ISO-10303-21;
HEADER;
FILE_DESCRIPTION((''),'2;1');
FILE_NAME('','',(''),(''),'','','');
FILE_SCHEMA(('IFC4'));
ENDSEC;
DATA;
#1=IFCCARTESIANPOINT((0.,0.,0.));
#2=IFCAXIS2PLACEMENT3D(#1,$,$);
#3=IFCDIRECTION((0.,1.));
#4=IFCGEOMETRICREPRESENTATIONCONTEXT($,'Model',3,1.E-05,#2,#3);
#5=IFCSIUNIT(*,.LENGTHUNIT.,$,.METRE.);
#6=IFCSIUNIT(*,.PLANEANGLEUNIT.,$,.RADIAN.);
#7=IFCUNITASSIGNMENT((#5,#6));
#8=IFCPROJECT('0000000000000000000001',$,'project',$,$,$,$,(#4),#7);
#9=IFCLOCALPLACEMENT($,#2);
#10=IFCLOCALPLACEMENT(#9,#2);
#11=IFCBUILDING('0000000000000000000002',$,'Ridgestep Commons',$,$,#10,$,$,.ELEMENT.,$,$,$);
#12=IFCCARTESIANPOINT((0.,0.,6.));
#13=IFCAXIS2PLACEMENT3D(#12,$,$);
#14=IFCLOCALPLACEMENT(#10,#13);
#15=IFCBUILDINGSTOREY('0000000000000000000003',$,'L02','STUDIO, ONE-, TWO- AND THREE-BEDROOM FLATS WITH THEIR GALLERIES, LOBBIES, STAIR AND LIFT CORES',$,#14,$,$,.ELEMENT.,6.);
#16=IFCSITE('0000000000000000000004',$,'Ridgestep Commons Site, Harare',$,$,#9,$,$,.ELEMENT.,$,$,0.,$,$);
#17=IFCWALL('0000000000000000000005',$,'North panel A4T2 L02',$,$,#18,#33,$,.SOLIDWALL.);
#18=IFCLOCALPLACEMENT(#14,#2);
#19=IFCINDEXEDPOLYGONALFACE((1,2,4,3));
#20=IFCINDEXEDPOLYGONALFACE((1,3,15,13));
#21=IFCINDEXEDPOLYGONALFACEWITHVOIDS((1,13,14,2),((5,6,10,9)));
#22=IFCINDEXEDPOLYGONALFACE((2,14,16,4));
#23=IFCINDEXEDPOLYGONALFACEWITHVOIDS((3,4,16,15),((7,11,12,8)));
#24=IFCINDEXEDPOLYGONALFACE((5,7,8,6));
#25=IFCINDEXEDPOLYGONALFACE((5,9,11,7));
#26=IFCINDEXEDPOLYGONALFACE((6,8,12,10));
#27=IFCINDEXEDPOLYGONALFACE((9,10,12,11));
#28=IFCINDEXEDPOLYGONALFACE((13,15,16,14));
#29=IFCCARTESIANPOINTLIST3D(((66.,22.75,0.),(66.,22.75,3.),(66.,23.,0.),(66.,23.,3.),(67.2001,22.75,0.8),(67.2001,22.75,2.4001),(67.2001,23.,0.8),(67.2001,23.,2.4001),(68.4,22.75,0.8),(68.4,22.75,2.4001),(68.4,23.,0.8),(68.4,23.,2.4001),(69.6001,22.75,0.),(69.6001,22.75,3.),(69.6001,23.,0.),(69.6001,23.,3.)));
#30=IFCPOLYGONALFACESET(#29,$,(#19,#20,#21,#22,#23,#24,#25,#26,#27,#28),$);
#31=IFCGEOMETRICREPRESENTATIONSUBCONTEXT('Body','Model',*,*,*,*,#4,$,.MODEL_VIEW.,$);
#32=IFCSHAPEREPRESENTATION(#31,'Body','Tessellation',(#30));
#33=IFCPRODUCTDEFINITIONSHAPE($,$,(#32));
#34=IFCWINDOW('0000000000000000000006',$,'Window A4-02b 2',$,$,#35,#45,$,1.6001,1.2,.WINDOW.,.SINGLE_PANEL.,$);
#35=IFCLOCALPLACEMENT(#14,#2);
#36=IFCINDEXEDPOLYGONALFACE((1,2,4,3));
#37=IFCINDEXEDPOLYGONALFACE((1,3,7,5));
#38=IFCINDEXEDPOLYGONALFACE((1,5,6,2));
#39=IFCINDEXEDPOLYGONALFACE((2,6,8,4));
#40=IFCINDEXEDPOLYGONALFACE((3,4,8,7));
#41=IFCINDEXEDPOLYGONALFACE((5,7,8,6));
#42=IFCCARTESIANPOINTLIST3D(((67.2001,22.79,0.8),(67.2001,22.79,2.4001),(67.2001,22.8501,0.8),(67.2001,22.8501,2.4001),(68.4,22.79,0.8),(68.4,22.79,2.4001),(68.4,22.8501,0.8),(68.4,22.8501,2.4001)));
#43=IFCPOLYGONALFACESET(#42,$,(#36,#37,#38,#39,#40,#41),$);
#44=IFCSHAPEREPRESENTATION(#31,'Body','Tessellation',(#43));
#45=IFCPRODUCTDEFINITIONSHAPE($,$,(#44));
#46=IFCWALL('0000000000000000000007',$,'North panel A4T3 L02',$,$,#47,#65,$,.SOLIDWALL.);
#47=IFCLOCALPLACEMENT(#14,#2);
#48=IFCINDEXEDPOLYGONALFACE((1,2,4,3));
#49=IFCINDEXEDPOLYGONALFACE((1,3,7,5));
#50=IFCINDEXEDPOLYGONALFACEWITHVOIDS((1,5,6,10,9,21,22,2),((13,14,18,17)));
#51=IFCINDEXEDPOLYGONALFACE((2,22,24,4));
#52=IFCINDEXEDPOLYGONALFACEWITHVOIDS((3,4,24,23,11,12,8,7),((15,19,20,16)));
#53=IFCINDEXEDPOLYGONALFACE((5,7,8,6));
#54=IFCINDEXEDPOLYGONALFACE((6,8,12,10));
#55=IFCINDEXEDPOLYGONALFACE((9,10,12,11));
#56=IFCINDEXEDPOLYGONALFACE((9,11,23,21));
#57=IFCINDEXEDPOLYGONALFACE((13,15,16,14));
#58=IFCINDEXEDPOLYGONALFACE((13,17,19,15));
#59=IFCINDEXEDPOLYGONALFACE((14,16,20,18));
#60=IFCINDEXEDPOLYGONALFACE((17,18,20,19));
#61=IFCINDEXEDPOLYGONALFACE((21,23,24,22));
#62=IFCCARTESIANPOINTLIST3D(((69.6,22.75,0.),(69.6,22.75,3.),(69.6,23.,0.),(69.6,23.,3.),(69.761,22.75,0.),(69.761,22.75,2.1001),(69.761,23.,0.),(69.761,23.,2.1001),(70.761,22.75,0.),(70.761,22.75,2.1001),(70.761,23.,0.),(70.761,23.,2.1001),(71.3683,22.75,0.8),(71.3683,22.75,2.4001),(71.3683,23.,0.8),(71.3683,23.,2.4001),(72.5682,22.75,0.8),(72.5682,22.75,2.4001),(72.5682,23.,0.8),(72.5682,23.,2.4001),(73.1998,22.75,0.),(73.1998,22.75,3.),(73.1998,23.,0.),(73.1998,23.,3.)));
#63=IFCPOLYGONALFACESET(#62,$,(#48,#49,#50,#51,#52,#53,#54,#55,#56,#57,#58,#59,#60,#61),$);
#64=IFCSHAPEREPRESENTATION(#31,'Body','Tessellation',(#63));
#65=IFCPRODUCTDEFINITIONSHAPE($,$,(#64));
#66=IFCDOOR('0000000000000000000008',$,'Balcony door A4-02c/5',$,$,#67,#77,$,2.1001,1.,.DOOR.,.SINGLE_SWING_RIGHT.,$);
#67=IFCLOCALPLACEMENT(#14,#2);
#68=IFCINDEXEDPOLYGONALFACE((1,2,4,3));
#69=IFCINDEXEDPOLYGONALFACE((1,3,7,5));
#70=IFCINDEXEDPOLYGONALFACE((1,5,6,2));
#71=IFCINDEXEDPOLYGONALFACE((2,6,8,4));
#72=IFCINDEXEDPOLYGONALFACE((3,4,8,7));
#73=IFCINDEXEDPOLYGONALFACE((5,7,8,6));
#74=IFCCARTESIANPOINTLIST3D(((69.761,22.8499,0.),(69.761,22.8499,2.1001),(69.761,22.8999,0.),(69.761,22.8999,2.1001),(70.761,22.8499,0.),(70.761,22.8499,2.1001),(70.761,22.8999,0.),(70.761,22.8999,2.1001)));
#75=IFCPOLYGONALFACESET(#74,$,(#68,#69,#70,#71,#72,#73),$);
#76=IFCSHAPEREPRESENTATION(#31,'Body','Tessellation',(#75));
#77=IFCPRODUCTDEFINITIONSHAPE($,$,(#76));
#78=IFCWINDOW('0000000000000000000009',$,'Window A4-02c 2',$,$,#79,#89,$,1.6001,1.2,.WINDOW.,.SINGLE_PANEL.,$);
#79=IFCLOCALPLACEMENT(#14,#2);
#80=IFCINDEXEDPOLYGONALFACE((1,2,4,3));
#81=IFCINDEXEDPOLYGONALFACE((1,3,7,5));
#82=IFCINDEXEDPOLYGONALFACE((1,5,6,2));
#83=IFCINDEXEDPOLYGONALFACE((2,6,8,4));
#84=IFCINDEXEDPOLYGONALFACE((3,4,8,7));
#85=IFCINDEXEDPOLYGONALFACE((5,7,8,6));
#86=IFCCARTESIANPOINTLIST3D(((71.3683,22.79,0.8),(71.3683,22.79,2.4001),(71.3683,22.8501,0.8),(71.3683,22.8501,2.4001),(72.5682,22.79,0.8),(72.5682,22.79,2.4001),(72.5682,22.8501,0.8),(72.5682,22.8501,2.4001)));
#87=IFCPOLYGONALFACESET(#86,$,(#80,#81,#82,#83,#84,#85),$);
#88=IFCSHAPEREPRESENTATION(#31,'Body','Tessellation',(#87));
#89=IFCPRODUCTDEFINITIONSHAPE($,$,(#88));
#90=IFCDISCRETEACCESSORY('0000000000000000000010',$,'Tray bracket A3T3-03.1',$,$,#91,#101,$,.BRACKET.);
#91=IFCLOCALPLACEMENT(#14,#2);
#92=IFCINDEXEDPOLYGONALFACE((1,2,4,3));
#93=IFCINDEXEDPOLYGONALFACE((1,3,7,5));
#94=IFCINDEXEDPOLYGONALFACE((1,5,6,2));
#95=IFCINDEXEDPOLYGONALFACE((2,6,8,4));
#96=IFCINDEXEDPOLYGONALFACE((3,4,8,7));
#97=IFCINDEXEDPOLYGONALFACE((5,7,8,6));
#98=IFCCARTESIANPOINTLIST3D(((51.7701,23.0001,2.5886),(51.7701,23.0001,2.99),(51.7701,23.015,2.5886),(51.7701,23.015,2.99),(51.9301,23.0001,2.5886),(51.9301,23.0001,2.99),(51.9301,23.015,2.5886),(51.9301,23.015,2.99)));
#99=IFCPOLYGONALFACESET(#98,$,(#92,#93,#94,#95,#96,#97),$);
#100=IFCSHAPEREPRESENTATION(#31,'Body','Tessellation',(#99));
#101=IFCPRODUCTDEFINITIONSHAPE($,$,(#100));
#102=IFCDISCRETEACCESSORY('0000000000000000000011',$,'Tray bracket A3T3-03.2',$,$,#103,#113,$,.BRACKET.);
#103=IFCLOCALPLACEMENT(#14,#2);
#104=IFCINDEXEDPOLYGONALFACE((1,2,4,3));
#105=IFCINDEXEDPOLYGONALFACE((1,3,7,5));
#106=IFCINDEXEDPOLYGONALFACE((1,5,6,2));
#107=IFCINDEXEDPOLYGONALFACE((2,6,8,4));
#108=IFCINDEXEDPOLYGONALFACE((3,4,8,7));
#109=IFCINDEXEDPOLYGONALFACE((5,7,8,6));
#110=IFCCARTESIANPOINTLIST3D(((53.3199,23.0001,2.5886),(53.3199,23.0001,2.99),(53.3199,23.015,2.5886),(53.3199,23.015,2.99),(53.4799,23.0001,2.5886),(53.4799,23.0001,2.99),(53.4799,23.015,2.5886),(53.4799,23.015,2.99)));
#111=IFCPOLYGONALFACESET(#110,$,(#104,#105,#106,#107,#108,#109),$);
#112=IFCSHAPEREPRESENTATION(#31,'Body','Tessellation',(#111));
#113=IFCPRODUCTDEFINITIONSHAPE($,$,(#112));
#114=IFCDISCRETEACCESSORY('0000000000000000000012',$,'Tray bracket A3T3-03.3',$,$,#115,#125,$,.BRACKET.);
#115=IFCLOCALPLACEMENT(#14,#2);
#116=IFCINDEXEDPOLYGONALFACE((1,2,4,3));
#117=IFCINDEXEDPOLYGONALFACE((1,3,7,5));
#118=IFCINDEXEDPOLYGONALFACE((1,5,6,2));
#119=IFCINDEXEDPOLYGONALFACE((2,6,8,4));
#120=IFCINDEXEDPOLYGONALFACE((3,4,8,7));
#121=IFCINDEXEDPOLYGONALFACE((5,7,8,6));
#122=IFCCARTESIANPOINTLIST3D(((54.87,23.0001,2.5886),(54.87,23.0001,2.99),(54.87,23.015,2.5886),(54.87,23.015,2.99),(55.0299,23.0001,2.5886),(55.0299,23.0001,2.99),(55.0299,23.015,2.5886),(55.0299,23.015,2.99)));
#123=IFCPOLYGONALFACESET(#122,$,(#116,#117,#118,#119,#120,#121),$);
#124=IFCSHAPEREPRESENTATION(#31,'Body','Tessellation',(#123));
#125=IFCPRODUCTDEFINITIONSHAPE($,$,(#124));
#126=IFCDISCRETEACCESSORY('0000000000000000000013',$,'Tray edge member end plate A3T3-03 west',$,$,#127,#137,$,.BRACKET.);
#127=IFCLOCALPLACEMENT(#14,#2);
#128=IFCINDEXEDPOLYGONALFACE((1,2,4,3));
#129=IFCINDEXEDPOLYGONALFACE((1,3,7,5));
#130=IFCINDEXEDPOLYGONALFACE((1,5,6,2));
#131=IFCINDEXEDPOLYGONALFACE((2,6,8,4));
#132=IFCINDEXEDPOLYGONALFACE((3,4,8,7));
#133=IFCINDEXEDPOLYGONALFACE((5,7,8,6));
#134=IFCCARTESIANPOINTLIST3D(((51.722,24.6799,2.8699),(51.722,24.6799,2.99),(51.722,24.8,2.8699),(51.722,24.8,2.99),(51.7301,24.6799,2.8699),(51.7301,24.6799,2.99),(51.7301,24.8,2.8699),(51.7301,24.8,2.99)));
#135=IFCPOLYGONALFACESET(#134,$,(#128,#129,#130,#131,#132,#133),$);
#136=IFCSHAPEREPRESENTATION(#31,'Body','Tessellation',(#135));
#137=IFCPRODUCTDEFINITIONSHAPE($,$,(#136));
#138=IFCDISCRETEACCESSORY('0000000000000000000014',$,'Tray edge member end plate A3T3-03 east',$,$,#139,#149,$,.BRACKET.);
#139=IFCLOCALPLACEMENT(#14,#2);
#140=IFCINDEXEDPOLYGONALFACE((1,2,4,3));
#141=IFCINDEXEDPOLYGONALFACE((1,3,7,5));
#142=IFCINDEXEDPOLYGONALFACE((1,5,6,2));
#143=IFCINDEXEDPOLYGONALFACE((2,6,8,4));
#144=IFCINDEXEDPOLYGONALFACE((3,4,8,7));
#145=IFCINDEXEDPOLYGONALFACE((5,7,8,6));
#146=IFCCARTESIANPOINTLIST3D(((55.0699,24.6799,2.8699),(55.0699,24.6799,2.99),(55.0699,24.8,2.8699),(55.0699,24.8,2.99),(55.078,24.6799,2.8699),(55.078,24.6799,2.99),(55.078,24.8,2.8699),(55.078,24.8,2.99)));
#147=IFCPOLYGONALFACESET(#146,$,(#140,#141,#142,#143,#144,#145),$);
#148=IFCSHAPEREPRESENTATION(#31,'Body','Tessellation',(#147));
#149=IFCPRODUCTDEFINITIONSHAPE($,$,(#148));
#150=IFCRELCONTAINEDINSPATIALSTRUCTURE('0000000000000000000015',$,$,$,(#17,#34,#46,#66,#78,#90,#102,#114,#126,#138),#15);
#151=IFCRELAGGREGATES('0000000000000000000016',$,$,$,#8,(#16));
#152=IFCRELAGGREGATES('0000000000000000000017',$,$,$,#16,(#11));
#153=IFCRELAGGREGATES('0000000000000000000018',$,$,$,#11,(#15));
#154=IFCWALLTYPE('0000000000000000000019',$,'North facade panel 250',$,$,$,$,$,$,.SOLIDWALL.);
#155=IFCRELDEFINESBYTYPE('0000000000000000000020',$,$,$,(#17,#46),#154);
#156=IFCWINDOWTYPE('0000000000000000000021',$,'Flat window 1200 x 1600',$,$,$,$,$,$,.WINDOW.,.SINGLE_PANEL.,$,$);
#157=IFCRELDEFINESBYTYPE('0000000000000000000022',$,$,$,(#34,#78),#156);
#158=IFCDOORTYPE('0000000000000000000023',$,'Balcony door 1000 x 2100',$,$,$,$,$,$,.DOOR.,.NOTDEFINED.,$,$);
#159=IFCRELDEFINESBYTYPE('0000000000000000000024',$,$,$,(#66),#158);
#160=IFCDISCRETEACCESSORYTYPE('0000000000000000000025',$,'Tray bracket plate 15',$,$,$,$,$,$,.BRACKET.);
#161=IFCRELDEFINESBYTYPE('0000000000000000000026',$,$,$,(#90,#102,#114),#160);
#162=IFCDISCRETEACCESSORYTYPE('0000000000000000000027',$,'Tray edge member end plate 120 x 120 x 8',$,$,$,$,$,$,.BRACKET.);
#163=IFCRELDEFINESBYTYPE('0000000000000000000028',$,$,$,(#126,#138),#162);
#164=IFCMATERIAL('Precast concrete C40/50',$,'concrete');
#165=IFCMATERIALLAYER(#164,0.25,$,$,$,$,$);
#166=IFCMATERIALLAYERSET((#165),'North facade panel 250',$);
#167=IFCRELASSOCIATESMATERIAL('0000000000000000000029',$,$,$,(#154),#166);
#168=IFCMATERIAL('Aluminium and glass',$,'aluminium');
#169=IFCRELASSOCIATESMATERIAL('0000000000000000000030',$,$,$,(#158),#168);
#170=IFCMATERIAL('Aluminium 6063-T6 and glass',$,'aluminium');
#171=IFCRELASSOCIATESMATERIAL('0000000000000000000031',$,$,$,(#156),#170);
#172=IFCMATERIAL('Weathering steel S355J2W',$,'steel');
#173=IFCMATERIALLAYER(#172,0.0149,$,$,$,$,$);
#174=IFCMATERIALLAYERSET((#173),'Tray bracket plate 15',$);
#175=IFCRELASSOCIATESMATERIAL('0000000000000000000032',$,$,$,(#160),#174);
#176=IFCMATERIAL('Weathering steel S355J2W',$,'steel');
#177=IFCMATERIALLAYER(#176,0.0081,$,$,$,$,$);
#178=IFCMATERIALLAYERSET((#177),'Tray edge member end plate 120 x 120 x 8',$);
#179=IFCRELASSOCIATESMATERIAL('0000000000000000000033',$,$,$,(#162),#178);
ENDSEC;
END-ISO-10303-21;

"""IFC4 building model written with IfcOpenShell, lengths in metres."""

from ifc_helpers import new_model, si_unit, direction, frame, frame_2d, origin, origin_2d, place, context, subcontext, project, spatial, rectangle, extrude, material, layer, layer_set, type_object, element, fill, save


model = new_model("IFC4")

# Units and contexts
model_context = context("Model", 3, precision=1e-05, world=origin(), true_north=direction((0.0, 1.0)))
body_context = subcontext(model_context, "Body", "Model", "MODEL_VIEW")
ifc_project = project(units=[si_unit("LENGTHUNIT", "METRE"), si_unit("PLANEANGLEUNIT", "RADIAN")], contexts=[model_context])

# Site, building, storey
site_placement = place(None, origin())
site = spatial("IfcSite", under=ifc_project, at=site_placement, Name="Ridgestep Commons Site, Harare", CompositionType="ELEMENT", RefElevation=0.0)
building_placement = place(site_placement, origin())
building = spatial("IfcBuilding", under=site, at=building_placement, Name="Ridgestep Commons", CompositionType="ELEMENT")
storey_placement = place(building_placement, frame((0.0, 0.0, 6.0)))
storey = spatial("IfcBuildingStorey", under=building, at=storey_placement, Name="L02", Description="STUDIO, ONE-, TWO- AND THREE-BEDROOM FLATS WITH THEIR GALLERIES, LOBBIES, STAIR AND LIFT CORES", CompositionType="ELEMENT", Elevation=6.0)

# Shared definitions
ifc_material_1 = material(Name="Precast concrete C40/50", Category="concrete")
ifc_layer_1 = layer(ifc_material_1, 0.25)
ifc_layer_set_1 = layer_set([ifc_layer_1], Name="North facade panel 250")
wall_type_1 = type_object("IfcWallType", Name="North facade panel 250", PredefinedType="SOLIDWALL", material=ifc_layer_set_1)
ifc_material_2 = material(Name="Aluminium and glass", Category="aluminium")
door_type_1 = type_object("IfcDoorType", Name="Balcony door 1000 x 2100", OperationType="NOTDEFINED", PredefinedType="DOOR", material=ifc_material_2)
ifc_material_3 = material(Name="Aluminium 6063-T6 and glass", Category="aluminium")
window_type = type_object("IfcWindowType", Name="Flat window 1200 x 1600", PartitioningType="SINGLE_PANEL", PredefinedType="WINDOW", material=ifc_material_3)

# Wall, opening, window
wall_1_placement = place(storey_placement, frame((66.0, 22.875, 0.0), z_axis=(0.0, 0.0, 1.0), x_axis=(1.0, 0.0, 0.0)))
wall_1 = element("IfcWall", 1, at=wall_1_placement, inside=storey, type_object=wall_type_1, Name="North panel A4T2 L02", PredefinedType="SOLIDWALL", context=body_context, shape_type="SweptSolid", body=[
    extrude(rectangle(XDim=3.6001, YDim=0.25, at=frame_2d((1.8, 0.0))), origin(), (0.0, 0.0, 1.0), 3.0),
])
opening_1_placement = place(wall_1_placement, frame((1.2, 0.0, 0.8)))
opening_1 = element("IfcOpeningElement", 2, at=opening_1_placement, cuts=wall_1, PredefinedType="OPENING", context=body_context, shape_type="SweptSolid", body=[
    extrude(rectangle(XDim=1.2, YDim=1.6001, at=frame_2d((0.6001, 0.8))), frame((0.0, 0.135, 0.0), z_axis=(0.0, -1.0, 0.0), x_axis=(1.0, 0.0, 0.0)), (0.0, 0.0, 1.0), 0.27),
])
window_1_placement = place(opening_1_placement, origin())
window_1 = element("IfcWindow", 3, at=window_1_placement, inside=storey, type_object=window_type, Name="Window A4-02b 2", OverallHeight=1.6001, OverallWidth=1.2, PartitioningType="SINGLE_PANEL", PredefinedType="WINDOW", context=body_context, shape_type="SweptSolid", body=[
    extrude(rectangle(XDim=1.2, YDim=1.6001, at=frame_2d((0.6001, 0.8))), frame((0.0, -0.0249, 0.0), z_axis=(0.0, -1.0, 0.0), x_axis=(1.0, 0.0, 0.0)), (0.0, 0.0, 1.0), 0.0601),
])
fill(opening_1, window_1)

# Wall, openings, door, window
wall_2_placement = place(storey_placement, frame((69.6001, 22.875, 0.0), z_axis=(0.0, 0.0, 1.0), x_axis=(1.0, 0.0, 0.0)))
wall_2 = element("IfcWall", 4, at=wall_2_placement, inside=storey, type_object=wall_type_1, Name="North panel A4T3 L02", PredefinedType="SOLIDWALL", context=body_context, shape_type="SweptSolid", body=[
    extrude(rectangle(XDim=3.5999, YDim=0.25, at=frame_2d((1.7998, 0.0))), origin(), (0.0, 0.0, 1.0), 3.0),
])
opening_2_placement = place(wall_2_placement, frame((1.7681, 0.0, 0.8)))
opening_2 = element("IfcOpeningElement", 5, at=opening_2_placement, cuts=wall_2, PredefinedType="OPENING", context=body_context, shape_type="SweptSolid", body=[
    extrude(rectangle(XDim=1.2, YDim=1.6001, at=frame_2d((0.6001, 0.8))), frame((0.0, 0.135, 0.0), z_axis=(0.0, -1.0, 0.0), x_axis=(1.0, 0.0, 0.0)), (0.0, 0.0, 1.0), 0.27),
])
opening_3_placement = place(wall_2_placement, frame((0.1609, 0.0, 0.0)))
opening_3 = element("IfcOpeningElement", 6, at=opening_3_placement, cuts=wall_2, PredefinedType="OPENING", context=body_context, shape_type="SweptSolid", body=[
    extrude(rectangle(XDim=1.0, YDim=2.1001, at=frame_2d((0.5, 1.05))), frame((0.0, 0.135, 0.0), z_axis=(0.0, -1.0, 0.0), x_axis=(1.0, 0.0, 0.0)), (0.0, 0.0, 1.0), 0.27),
])
door_1_placement = place(opening_3_placement, origin())
door_1 = element("IfcDoor", 7, at=door_1_placement, inside=storey, type_object=door_type_1, Name="Balcony door A4-02c/5", OperationType="SINGLE_SWING_RIGHT", OverallHeight=2.1001, OverallWidth=1.0, PredefinedType="DOOR", context=body_context, shape_type="SweptSolid", body=[
    extrude(rectangle(XDim=1.0, YDim=2.1001, at=frame_2d((0.5, 1.05))), frame((0.0, 0.0249, 0.0), z_axis=(0.0, -1.0, 0.0), x_axis=(1.0, 0.0, 0.0)), (0.0, 0.0, 1.0), 0.05),
])
fill(opening_3, door_1)
window_2_placement = place(opening_2_placement, origin())
window_2 = element("IfcWindow", 8, at=window_2_placement, inside=storey, type_object=window_type, Name="Window A4-02c 2", OverallHeight=1.6001, OverallWidth=1.2, PartitioningType="SINGLE_PANEL", PredefinedType="WINDOW", context=body_context, shape_type="SweptSolid", body=[
    extrude(rectangle(XDim=1.2, YDim=1.6001, at=frame_2d((0.6001, 0.8))), frame((0.0, -0.0249, 0.0), z_axis=(0.0, -1.0, 0.0), x_axis=(1.0, 0.0, 0.0)), (0.0, 0.0, 1.0), 0.0601),
])
fill(opening_2, window_2)

# Discrete accessories
ifc_material_4 = material(Name="Weathering steel S355J2W", Category="steel")
ifc_layer_2 = layer(ifc_material_4, 0.0149)
ifc_layer_set_2 = layer_set([ifc_layer_2], Name="Tray bracket plate 15")
discrete_accessory_type_1 = type_object("IfcDiscreteAccessoryType", Name="Tray bracket plate 15", PredefinedType="BRACKET", material=ifc_layer_set_2)
for number, where, z_axis, x_axis, name in (
    (9, (51.8501, 23.0076, 2.5886), (0.0, 0.0, 1.0), (1.0, 0.0, 0.0), "Tray bracket A3T3-03.1"),
    (10, (53.3999, 23.0076, 2.5886), (0.0, 0.0, 1.0), (1.0, 0.0, 0.0), "Tray bracket A3T3-03.2"),
    (11, (54.95, 23.0076, 2.5886), (0.0, 0.0, 1.0), (1.0, 0.0, 0.0), "Tray bracket A3T3-03.3"),
):
    element("IfcDiscreteAccessory", number, at=place(storey_placement, frame(where, z_axis=z_axis, x_axis=x_axis)), inside=storey, type_object=discrete_accessory_type_1, Name=name, PredefinedType="BRACKET", context=body_context, shape_type="SweptSolid", body=[
        extrude(rectangle(XDim=0.1599, YDim=0.0149, at=origin_2d()), origin(), (0.0, 0.0, 1.0), 0.4014),
    ])
ifc_material_5 = material(Name="Weathering steel S355J2W", Category="steel")
ifc_layer_3 = layer(ifc_material_5, 0.0081)
ifc_layer_set_3 = layer_set([ifc_layer_3], Name="Tray edge member end plate 120 x 120 x 8")
discrete_accessory_type_2 = type_object("IfcDiscreteAccessoryType", Name="Tray edge member end plate 120 x 120 x 8", PredefinedType="BRACKET", material=ifc_layer_set_3)
for number, where, z_axis, x_axis, name in (
    (12, (51.7261, 24.74, 2.8699), (0.0, 0.0, 1.0), (1.0, 0.0, 0.0), "Tray edge member end plate A3T3-03 west"),
    (13, (55.074, 24.74, 2.8699), (0.0, 0.0, 1.0), (1.0, 0.0, 0.0), "Tray edge member end plate A3T3-03 east"),
):
    element("IfcDiscreteAccessory", number, at=place(storey_placement, frame(where, z_axis=z_axis, x_axis=x_axis)), inside=storey, type_object=discrete_accessory_type_2, Name=name, PredefinedType="BRACKET", context=body_context, shape_type="SweptSolid", body=[
        extrude(rectangle(XDim=0.0081, YDim=0.1201, at=origin_2d()), origin(), (0.0, 0.0, 1.0), 0.1201),
    ])

save(model, "model.ifc")
